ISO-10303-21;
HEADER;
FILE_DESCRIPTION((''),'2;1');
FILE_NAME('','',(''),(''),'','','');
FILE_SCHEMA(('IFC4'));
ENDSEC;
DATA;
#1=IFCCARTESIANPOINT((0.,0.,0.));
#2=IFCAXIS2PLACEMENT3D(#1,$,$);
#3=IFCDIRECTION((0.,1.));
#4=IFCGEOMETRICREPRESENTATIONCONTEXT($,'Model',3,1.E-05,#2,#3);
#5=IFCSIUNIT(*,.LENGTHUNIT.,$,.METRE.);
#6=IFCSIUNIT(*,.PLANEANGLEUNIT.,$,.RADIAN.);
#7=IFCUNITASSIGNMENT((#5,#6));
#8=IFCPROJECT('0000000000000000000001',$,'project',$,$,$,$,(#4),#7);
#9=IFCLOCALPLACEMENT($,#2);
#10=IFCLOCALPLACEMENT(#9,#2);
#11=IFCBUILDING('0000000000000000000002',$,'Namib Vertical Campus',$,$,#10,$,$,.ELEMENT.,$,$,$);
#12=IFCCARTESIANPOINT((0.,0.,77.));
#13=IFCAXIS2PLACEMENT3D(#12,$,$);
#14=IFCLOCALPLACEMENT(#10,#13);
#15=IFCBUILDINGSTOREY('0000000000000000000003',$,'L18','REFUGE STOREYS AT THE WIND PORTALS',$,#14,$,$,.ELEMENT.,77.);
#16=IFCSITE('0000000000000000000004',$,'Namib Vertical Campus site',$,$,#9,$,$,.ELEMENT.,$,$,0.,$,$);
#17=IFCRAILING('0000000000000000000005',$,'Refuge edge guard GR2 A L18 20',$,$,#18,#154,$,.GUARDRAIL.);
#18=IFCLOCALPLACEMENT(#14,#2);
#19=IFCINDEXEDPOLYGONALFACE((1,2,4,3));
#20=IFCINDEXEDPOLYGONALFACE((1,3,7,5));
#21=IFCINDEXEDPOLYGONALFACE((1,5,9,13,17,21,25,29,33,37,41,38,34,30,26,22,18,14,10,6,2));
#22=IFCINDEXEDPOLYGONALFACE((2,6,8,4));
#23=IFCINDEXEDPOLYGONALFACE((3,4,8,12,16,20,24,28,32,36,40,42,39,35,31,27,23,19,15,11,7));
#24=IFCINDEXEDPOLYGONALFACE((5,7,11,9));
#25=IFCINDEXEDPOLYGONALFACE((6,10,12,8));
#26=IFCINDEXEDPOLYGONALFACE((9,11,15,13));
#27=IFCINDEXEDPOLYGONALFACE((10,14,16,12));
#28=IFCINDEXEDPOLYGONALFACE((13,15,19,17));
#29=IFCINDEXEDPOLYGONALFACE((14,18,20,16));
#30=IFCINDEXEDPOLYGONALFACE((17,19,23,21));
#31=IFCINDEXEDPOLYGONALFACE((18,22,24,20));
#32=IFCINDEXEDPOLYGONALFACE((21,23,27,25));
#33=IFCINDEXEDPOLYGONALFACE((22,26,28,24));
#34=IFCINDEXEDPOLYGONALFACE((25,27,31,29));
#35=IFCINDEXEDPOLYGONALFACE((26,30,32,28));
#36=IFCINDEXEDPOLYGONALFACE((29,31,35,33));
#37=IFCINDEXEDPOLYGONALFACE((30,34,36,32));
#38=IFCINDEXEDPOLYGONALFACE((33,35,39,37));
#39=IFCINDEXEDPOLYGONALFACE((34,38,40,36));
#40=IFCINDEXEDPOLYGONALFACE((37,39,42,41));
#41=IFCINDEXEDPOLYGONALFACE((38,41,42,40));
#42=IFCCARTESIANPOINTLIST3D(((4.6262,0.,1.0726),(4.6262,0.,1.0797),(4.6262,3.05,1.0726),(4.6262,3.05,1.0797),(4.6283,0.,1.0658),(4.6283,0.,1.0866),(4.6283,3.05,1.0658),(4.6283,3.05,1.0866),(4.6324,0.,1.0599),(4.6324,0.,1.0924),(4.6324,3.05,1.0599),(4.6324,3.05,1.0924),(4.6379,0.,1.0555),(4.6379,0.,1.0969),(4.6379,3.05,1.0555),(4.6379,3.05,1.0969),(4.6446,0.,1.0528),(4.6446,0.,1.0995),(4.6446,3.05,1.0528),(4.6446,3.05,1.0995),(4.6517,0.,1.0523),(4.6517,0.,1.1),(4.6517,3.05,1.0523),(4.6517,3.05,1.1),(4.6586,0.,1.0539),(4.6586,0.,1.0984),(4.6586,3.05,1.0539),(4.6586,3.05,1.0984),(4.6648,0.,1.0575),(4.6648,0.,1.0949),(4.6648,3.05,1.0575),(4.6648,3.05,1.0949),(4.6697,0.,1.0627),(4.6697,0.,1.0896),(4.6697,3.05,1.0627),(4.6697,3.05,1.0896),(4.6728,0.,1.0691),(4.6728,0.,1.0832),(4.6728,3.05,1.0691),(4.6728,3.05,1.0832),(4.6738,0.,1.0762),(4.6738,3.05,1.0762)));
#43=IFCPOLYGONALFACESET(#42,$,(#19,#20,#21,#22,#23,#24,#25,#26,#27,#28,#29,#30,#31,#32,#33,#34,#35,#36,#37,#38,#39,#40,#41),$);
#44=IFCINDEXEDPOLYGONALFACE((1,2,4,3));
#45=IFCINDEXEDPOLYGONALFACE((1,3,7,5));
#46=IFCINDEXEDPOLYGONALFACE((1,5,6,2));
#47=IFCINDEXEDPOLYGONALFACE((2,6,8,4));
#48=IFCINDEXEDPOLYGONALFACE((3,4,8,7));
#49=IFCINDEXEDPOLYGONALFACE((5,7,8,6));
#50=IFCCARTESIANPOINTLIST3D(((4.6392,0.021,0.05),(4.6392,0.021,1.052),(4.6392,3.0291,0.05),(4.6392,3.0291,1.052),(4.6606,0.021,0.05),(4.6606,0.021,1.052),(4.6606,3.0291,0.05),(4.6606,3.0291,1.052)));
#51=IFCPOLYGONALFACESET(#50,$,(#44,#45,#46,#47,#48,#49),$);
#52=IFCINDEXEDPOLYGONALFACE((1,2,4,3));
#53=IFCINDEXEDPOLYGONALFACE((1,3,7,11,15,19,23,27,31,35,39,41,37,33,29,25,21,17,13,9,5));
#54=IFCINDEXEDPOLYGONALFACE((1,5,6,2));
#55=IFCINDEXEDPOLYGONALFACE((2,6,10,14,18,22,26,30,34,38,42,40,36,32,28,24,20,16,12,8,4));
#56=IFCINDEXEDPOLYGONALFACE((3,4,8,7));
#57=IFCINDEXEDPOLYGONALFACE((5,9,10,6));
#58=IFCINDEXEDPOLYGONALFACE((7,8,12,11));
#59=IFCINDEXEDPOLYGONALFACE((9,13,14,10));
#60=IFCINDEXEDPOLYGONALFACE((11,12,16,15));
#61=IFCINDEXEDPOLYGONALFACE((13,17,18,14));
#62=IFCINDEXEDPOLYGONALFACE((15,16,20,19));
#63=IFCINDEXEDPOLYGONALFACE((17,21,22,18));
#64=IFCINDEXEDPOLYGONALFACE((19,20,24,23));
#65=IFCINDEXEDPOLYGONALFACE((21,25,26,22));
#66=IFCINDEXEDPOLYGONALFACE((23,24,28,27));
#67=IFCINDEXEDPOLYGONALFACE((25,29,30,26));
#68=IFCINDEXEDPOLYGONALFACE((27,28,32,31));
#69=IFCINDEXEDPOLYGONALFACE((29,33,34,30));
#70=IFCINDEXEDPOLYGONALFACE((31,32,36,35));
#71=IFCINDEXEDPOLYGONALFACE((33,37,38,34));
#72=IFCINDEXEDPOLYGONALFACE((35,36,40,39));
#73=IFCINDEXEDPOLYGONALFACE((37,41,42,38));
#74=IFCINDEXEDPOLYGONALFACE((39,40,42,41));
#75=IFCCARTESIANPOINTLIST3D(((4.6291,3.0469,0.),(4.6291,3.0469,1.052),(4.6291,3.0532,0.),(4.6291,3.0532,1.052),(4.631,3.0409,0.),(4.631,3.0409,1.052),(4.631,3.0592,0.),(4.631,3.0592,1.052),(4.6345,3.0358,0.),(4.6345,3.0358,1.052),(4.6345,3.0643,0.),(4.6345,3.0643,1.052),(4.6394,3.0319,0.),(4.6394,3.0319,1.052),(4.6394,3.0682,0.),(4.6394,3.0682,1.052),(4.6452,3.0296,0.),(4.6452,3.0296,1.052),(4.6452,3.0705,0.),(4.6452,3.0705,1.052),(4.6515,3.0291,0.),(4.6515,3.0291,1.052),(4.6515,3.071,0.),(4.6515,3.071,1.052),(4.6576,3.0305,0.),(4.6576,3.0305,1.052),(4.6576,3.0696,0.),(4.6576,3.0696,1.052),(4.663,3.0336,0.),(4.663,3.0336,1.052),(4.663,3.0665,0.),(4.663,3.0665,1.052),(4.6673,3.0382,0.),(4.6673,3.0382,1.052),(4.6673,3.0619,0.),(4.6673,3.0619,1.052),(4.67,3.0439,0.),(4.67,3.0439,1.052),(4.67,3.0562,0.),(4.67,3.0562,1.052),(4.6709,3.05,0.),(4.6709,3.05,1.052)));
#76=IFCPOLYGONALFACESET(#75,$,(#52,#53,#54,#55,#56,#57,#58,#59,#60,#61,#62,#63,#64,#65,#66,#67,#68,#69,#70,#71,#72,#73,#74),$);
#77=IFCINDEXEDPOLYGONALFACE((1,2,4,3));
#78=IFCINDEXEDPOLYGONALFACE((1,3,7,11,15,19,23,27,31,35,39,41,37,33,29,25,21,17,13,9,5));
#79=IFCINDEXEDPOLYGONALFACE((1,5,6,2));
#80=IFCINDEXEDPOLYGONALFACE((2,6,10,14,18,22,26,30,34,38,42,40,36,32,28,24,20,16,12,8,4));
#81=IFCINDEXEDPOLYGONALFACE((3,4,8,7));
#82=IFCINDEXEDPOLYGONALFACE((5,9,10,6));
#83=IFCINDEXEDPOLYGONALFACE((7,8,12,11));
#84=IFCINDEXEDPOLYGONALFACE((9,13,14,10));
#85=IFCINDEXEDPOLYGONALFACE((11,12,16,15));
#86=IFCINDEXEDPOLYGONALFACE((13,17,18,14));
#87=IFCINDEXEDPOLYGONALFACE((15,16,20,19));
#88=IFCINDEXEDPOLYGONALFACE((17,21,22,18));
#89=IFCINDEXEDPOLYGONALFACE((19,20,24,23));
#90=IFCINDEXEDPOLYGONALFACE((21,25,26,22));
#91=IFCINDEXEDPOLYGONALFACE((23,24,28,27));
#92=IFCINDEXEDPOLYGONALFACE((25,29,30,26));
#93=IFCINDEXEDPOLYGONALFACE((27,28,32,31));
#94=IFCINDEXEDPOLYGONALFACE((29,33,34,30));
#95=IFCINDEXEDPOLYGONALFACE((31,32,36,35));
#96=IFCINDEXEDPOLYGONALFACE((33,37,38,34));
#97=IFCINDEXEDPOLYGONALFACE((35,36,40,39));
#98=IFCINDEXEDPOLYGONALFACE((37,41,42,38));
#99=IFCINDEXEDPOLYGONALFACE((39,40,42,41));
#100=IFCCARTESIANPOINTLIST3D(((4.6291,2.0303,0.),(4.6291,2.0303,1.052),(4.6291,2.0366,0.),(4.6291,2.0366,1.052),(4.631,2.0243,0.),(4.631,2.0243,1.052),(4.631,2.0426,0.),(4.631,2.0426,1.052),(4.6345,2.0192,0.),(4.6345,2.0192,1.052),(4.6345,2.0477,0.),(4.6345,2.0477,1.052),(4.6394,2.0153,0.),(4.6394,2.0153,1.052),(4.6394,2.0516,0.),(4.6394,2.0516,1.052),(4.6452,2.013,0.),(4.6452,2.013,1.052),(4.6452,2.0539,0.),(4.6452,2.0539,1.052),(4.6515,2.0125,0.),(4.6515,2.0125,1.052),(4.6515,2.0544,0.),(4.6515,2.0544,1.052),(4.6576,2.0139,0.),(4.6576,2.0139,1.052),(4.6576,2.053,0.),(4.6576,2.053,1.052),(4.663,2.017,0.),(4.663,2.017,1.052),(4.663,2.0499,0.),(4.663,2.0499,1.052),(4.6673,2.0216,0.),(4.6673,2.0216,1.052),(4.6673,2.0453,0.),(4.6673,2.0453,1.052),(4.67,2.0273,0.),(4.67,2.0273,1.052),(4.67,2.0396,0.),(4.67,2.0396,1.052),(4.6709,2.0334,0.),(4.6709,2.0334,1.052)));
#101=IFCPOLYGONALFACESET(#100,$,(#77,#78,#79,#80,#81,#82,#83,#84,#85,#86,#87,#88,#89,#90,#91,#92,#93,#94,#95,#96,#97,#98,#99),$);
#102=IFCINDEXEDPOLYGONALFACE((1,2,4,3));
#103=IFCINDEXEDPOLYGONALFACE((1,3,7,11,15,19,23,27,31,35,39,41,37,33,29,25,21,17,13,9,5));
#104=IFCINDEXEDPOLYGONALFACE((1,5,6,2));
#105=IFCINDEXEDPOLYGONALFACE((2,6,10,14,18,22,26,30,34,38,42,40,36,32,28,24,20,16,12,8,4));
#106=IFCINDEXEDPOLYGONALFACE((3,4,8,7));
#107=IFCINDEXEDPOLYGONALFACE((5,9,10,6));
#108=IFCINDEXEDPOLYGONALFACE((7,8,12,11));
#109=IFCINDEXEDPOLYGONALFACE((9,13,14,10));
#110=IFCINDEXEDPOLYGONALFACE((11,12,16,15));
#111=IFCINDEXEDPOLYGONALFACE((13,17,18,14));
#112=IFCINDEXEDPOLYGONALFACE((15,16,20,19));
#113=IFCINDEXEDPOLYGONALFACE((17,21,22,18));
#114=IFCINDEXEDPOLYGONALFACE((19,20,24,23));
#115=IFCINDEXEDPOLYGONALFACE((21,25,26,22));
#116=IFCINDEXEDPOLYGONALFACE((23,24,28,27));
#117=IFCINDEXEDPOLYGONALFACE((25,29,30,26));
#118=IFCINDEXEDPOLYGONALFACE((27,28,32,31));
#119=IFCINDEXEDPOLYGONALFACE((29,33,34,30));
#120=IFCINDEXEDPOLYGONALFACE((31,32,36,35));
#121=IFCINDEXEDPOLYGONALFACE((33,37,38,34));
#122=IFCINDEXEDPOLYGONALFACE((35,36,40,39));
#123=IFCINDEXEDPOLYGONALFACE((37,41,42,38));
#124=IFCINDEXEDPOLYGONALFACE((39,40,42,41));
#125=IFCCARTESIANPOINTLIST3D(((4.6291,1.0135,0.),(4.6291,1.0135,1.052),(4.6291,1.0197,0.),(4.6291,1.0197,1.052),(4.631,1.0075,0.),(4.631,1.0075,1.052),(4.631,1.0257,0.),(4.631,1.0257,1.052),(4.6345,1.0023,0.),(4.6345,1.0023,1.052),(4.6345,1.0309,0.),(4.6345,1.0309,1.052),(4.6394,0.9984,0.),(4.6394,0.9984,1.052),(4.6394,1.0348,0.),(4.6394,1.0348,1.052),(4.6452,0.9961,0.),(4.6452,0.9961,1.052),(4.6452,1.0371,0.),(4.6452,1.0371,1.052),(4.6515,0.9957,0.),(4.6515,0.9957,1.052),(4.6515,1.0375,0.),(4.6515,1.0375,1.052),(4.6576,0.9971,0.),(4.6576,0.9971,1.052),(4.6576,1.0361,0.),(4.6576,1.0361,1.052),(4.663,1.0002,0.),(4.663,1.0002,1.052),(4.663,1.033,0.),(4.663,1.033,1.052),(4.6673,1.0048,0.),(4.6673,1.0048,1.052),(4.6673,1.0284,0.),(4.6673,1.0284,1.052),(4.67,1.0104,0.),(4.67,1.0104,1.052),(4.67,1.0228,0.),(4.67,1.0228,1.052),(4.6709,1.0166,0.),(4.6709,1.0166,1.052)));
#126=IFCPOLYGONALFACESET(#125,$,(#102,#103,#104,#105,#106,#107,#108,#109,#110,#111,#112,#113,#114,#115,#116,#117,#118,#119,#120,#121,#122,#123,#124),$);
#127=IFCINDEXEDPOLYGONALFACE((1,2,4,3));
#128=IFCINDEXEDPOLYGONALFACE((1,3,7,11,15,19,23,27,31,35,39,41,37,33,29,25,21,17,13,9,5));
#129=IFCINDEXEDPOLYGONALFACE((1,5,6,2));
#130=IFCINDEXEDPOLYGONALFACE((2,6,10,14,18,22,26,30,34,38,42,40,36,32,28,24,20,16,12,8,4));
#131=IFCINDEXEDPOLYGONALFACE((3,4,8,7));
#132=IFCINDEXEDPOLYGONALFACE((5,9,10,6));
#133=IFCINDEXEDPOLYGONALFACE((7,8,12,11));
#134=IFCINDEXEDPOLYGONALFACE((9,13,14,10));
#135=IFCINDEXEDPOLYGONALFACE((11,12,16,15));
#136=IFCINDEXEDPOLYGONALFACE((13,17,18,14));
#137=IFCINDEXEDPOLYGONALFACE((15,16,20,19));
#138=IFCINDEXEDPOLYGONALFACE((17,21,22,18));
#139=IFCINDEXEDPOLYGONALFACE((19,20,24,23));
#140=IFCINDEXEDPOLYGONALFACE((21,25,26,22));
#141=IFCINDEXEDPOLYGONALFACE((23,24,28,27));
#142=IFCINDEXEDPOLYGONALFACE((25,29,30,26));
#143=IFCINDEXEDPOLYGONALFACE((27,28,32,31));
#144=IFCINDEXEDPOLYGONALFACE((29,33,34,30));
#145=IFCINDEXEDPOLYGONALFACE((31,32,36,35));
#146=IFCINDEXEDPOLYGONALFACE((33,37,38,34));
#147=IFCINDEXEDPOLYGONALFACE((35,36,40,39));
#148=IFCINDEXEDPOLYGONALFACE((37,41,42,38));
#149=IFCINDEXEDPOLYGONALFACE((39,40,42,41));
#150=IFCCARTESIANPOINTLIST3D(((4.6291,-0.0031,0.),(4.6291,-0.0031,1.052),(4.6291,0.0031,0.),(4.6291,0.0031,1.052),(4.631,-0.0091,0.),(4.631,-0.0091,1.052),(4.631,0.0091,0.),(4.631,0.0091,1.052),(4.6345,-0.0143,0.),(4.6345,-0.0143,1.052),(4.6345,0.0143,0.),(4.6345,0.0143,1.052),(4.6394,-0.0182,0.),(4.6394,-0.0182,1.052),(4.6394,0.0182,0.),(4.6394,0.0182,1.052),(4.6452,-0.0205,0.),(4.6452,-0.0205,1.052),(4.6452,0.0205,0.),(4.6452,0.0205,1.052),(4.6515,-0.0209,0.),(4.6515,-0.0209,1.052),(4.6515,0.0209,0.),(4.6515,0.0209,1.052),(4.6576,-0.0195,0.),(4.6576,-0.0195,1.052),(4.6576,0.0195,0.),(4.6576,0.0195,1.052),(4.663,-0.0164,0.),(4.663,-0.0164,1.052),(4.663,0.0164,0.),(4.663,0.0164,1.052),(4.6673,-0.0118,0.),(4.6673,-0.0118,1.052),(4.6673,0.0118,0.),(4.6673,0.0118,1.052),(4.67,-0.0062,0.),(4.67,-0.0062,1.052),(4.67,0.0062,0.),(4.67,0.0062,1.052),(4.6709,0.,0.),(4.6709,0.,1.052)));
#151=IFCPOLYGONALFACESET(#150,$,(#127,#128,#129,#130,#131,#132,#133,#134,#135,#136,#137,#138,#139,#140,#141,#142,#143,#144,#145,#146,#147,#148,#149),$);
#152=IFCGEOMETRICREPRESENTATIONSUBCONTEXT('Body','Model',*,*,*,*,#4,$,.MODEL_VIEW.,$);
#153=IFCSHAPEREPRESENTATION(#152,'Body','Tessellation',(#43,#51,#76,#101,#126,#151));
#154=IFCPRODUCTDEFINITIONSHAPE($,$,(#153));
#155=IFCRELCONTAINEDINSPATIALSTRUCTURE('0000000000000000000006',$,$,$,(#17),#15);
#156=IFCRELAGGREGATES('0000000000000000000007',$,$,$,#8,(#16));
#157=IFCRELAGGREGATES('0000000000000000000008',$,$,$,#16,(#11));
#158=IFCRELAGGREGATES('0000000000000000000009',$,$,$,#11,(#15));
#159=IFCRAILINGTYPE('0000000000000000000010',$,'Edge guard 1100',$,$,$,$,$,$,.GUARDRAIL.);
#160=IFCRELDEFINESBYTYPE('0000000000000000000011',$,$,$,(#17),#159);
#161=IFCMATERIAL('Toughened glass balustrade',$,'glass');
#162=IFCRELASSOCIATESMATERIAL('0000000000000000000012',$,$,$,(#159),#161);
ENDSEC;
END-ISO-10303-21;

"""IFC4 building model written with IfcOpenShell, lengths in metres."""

from ifc_helpers import new_model, si_unit, direction, frame, origin, origin_2d, place, context, subcontext, project, spatial, polyline, circle, outline, extrude, material, type_object, element, save


model = new_model("IFC4")

# Units and contexts
model_context = context("Model", 3, precision=1e-05, world=origin(), true_north=direction((0.0, 1.0)))
body_context = subcontext(model_context, "Body", "Model", "MODEL_VIEW")
ifc_project = project(units=[si_unit("LENGTHUNIT", "METRE"), si_unit("PLANEANGLEUNIT", "RADIAN")], contexts=[model_context])

# Site, building, storey
site_placement = place(None, origin())
site = spatial("IfcSite", under=ifc_project, at=site_placement, Name="Namib Vertical Campus site", CompositionType="ELEMENT", RefElevation=0.0)
building_placement = place(site_placement, origin())
building = spatial("IfcBuilding", under=site, at=building_placement, Name="Namib Vertical Campus", CompositionType="ELEMENT")
storey_placement = place(building_placement, frame((0.0, 0.0, 77.0)))
storey = spatial("IfcBuildingStorey", under=building, at=storey_placement, Name="L18", Description="REFUGE STOREYS AT THE WIND PORTALS", CompositionType="ELEMENT", Elevation=77.0)

# Railing
ifc_material_1 = material(Name="Toughened glass balustrade", Category="glass")
railing_type = type_object("IfcRailingType", Name="Edge guard 1100", PredefinedType="GUARDRAIL", material=ifc_material_1)
railing_1_placement = place(storey_placement, frame((4.6499, 3.05, 0.0)))
element("IfcRailing", 1, at=railing_1_placement, inside=storey, type_object=railing_type, Name="Refuge edge guard GR2 A L18 20", PredefinedType="GUARDRAIL", context=body_context, shape_type="SweptSolid", body=[
    extrude(circle(Radius=0.0239, at=origin_2d()), frame((0.0, 0.0, 1.0762), z_axis=(0.0, -1.0, 0.0), x_axis=(1.0, 0.0, 0.0)), (0.0, 0.0, 1.0), 3.05),
    extrude(outline(polyline([(0.021, 0.05), (3.0291, 0.05), (3.0291, 1.052), (0.021, 1.052), (0.021, 0.05)])), frame((0.0107, 0.0, 0.0), z_axis=(-1.0, 0.0, 0.0), x_axis=(0.0, -1.0, 0.0)), (0.0, 0.0, 1.0), 0.0215),
    extrude(circle(Radius=0.021, at=origin_2d()), origin(), (0.0, 0.0, 1.0), 1.052),
    extrude(circle(Radius=0.021, at=origin_2d()), frame((0.0, -1.0166, 0.0)), (0.0, 0.0, 1.0), 1.052),
    extrude(circle(Radius=0.021, at=origin_2d()), frame((0.0, -2.0334, 0.0)), (0.0, 0.0, 1.0), 1.052),
    extrude(circle(Radius=0.021, at=origin_2d()), frame((0.0, -3.05, 0.0)), (0.0, 0.0, 1.0), 1.052),
])

save(model, "model.ifc")
